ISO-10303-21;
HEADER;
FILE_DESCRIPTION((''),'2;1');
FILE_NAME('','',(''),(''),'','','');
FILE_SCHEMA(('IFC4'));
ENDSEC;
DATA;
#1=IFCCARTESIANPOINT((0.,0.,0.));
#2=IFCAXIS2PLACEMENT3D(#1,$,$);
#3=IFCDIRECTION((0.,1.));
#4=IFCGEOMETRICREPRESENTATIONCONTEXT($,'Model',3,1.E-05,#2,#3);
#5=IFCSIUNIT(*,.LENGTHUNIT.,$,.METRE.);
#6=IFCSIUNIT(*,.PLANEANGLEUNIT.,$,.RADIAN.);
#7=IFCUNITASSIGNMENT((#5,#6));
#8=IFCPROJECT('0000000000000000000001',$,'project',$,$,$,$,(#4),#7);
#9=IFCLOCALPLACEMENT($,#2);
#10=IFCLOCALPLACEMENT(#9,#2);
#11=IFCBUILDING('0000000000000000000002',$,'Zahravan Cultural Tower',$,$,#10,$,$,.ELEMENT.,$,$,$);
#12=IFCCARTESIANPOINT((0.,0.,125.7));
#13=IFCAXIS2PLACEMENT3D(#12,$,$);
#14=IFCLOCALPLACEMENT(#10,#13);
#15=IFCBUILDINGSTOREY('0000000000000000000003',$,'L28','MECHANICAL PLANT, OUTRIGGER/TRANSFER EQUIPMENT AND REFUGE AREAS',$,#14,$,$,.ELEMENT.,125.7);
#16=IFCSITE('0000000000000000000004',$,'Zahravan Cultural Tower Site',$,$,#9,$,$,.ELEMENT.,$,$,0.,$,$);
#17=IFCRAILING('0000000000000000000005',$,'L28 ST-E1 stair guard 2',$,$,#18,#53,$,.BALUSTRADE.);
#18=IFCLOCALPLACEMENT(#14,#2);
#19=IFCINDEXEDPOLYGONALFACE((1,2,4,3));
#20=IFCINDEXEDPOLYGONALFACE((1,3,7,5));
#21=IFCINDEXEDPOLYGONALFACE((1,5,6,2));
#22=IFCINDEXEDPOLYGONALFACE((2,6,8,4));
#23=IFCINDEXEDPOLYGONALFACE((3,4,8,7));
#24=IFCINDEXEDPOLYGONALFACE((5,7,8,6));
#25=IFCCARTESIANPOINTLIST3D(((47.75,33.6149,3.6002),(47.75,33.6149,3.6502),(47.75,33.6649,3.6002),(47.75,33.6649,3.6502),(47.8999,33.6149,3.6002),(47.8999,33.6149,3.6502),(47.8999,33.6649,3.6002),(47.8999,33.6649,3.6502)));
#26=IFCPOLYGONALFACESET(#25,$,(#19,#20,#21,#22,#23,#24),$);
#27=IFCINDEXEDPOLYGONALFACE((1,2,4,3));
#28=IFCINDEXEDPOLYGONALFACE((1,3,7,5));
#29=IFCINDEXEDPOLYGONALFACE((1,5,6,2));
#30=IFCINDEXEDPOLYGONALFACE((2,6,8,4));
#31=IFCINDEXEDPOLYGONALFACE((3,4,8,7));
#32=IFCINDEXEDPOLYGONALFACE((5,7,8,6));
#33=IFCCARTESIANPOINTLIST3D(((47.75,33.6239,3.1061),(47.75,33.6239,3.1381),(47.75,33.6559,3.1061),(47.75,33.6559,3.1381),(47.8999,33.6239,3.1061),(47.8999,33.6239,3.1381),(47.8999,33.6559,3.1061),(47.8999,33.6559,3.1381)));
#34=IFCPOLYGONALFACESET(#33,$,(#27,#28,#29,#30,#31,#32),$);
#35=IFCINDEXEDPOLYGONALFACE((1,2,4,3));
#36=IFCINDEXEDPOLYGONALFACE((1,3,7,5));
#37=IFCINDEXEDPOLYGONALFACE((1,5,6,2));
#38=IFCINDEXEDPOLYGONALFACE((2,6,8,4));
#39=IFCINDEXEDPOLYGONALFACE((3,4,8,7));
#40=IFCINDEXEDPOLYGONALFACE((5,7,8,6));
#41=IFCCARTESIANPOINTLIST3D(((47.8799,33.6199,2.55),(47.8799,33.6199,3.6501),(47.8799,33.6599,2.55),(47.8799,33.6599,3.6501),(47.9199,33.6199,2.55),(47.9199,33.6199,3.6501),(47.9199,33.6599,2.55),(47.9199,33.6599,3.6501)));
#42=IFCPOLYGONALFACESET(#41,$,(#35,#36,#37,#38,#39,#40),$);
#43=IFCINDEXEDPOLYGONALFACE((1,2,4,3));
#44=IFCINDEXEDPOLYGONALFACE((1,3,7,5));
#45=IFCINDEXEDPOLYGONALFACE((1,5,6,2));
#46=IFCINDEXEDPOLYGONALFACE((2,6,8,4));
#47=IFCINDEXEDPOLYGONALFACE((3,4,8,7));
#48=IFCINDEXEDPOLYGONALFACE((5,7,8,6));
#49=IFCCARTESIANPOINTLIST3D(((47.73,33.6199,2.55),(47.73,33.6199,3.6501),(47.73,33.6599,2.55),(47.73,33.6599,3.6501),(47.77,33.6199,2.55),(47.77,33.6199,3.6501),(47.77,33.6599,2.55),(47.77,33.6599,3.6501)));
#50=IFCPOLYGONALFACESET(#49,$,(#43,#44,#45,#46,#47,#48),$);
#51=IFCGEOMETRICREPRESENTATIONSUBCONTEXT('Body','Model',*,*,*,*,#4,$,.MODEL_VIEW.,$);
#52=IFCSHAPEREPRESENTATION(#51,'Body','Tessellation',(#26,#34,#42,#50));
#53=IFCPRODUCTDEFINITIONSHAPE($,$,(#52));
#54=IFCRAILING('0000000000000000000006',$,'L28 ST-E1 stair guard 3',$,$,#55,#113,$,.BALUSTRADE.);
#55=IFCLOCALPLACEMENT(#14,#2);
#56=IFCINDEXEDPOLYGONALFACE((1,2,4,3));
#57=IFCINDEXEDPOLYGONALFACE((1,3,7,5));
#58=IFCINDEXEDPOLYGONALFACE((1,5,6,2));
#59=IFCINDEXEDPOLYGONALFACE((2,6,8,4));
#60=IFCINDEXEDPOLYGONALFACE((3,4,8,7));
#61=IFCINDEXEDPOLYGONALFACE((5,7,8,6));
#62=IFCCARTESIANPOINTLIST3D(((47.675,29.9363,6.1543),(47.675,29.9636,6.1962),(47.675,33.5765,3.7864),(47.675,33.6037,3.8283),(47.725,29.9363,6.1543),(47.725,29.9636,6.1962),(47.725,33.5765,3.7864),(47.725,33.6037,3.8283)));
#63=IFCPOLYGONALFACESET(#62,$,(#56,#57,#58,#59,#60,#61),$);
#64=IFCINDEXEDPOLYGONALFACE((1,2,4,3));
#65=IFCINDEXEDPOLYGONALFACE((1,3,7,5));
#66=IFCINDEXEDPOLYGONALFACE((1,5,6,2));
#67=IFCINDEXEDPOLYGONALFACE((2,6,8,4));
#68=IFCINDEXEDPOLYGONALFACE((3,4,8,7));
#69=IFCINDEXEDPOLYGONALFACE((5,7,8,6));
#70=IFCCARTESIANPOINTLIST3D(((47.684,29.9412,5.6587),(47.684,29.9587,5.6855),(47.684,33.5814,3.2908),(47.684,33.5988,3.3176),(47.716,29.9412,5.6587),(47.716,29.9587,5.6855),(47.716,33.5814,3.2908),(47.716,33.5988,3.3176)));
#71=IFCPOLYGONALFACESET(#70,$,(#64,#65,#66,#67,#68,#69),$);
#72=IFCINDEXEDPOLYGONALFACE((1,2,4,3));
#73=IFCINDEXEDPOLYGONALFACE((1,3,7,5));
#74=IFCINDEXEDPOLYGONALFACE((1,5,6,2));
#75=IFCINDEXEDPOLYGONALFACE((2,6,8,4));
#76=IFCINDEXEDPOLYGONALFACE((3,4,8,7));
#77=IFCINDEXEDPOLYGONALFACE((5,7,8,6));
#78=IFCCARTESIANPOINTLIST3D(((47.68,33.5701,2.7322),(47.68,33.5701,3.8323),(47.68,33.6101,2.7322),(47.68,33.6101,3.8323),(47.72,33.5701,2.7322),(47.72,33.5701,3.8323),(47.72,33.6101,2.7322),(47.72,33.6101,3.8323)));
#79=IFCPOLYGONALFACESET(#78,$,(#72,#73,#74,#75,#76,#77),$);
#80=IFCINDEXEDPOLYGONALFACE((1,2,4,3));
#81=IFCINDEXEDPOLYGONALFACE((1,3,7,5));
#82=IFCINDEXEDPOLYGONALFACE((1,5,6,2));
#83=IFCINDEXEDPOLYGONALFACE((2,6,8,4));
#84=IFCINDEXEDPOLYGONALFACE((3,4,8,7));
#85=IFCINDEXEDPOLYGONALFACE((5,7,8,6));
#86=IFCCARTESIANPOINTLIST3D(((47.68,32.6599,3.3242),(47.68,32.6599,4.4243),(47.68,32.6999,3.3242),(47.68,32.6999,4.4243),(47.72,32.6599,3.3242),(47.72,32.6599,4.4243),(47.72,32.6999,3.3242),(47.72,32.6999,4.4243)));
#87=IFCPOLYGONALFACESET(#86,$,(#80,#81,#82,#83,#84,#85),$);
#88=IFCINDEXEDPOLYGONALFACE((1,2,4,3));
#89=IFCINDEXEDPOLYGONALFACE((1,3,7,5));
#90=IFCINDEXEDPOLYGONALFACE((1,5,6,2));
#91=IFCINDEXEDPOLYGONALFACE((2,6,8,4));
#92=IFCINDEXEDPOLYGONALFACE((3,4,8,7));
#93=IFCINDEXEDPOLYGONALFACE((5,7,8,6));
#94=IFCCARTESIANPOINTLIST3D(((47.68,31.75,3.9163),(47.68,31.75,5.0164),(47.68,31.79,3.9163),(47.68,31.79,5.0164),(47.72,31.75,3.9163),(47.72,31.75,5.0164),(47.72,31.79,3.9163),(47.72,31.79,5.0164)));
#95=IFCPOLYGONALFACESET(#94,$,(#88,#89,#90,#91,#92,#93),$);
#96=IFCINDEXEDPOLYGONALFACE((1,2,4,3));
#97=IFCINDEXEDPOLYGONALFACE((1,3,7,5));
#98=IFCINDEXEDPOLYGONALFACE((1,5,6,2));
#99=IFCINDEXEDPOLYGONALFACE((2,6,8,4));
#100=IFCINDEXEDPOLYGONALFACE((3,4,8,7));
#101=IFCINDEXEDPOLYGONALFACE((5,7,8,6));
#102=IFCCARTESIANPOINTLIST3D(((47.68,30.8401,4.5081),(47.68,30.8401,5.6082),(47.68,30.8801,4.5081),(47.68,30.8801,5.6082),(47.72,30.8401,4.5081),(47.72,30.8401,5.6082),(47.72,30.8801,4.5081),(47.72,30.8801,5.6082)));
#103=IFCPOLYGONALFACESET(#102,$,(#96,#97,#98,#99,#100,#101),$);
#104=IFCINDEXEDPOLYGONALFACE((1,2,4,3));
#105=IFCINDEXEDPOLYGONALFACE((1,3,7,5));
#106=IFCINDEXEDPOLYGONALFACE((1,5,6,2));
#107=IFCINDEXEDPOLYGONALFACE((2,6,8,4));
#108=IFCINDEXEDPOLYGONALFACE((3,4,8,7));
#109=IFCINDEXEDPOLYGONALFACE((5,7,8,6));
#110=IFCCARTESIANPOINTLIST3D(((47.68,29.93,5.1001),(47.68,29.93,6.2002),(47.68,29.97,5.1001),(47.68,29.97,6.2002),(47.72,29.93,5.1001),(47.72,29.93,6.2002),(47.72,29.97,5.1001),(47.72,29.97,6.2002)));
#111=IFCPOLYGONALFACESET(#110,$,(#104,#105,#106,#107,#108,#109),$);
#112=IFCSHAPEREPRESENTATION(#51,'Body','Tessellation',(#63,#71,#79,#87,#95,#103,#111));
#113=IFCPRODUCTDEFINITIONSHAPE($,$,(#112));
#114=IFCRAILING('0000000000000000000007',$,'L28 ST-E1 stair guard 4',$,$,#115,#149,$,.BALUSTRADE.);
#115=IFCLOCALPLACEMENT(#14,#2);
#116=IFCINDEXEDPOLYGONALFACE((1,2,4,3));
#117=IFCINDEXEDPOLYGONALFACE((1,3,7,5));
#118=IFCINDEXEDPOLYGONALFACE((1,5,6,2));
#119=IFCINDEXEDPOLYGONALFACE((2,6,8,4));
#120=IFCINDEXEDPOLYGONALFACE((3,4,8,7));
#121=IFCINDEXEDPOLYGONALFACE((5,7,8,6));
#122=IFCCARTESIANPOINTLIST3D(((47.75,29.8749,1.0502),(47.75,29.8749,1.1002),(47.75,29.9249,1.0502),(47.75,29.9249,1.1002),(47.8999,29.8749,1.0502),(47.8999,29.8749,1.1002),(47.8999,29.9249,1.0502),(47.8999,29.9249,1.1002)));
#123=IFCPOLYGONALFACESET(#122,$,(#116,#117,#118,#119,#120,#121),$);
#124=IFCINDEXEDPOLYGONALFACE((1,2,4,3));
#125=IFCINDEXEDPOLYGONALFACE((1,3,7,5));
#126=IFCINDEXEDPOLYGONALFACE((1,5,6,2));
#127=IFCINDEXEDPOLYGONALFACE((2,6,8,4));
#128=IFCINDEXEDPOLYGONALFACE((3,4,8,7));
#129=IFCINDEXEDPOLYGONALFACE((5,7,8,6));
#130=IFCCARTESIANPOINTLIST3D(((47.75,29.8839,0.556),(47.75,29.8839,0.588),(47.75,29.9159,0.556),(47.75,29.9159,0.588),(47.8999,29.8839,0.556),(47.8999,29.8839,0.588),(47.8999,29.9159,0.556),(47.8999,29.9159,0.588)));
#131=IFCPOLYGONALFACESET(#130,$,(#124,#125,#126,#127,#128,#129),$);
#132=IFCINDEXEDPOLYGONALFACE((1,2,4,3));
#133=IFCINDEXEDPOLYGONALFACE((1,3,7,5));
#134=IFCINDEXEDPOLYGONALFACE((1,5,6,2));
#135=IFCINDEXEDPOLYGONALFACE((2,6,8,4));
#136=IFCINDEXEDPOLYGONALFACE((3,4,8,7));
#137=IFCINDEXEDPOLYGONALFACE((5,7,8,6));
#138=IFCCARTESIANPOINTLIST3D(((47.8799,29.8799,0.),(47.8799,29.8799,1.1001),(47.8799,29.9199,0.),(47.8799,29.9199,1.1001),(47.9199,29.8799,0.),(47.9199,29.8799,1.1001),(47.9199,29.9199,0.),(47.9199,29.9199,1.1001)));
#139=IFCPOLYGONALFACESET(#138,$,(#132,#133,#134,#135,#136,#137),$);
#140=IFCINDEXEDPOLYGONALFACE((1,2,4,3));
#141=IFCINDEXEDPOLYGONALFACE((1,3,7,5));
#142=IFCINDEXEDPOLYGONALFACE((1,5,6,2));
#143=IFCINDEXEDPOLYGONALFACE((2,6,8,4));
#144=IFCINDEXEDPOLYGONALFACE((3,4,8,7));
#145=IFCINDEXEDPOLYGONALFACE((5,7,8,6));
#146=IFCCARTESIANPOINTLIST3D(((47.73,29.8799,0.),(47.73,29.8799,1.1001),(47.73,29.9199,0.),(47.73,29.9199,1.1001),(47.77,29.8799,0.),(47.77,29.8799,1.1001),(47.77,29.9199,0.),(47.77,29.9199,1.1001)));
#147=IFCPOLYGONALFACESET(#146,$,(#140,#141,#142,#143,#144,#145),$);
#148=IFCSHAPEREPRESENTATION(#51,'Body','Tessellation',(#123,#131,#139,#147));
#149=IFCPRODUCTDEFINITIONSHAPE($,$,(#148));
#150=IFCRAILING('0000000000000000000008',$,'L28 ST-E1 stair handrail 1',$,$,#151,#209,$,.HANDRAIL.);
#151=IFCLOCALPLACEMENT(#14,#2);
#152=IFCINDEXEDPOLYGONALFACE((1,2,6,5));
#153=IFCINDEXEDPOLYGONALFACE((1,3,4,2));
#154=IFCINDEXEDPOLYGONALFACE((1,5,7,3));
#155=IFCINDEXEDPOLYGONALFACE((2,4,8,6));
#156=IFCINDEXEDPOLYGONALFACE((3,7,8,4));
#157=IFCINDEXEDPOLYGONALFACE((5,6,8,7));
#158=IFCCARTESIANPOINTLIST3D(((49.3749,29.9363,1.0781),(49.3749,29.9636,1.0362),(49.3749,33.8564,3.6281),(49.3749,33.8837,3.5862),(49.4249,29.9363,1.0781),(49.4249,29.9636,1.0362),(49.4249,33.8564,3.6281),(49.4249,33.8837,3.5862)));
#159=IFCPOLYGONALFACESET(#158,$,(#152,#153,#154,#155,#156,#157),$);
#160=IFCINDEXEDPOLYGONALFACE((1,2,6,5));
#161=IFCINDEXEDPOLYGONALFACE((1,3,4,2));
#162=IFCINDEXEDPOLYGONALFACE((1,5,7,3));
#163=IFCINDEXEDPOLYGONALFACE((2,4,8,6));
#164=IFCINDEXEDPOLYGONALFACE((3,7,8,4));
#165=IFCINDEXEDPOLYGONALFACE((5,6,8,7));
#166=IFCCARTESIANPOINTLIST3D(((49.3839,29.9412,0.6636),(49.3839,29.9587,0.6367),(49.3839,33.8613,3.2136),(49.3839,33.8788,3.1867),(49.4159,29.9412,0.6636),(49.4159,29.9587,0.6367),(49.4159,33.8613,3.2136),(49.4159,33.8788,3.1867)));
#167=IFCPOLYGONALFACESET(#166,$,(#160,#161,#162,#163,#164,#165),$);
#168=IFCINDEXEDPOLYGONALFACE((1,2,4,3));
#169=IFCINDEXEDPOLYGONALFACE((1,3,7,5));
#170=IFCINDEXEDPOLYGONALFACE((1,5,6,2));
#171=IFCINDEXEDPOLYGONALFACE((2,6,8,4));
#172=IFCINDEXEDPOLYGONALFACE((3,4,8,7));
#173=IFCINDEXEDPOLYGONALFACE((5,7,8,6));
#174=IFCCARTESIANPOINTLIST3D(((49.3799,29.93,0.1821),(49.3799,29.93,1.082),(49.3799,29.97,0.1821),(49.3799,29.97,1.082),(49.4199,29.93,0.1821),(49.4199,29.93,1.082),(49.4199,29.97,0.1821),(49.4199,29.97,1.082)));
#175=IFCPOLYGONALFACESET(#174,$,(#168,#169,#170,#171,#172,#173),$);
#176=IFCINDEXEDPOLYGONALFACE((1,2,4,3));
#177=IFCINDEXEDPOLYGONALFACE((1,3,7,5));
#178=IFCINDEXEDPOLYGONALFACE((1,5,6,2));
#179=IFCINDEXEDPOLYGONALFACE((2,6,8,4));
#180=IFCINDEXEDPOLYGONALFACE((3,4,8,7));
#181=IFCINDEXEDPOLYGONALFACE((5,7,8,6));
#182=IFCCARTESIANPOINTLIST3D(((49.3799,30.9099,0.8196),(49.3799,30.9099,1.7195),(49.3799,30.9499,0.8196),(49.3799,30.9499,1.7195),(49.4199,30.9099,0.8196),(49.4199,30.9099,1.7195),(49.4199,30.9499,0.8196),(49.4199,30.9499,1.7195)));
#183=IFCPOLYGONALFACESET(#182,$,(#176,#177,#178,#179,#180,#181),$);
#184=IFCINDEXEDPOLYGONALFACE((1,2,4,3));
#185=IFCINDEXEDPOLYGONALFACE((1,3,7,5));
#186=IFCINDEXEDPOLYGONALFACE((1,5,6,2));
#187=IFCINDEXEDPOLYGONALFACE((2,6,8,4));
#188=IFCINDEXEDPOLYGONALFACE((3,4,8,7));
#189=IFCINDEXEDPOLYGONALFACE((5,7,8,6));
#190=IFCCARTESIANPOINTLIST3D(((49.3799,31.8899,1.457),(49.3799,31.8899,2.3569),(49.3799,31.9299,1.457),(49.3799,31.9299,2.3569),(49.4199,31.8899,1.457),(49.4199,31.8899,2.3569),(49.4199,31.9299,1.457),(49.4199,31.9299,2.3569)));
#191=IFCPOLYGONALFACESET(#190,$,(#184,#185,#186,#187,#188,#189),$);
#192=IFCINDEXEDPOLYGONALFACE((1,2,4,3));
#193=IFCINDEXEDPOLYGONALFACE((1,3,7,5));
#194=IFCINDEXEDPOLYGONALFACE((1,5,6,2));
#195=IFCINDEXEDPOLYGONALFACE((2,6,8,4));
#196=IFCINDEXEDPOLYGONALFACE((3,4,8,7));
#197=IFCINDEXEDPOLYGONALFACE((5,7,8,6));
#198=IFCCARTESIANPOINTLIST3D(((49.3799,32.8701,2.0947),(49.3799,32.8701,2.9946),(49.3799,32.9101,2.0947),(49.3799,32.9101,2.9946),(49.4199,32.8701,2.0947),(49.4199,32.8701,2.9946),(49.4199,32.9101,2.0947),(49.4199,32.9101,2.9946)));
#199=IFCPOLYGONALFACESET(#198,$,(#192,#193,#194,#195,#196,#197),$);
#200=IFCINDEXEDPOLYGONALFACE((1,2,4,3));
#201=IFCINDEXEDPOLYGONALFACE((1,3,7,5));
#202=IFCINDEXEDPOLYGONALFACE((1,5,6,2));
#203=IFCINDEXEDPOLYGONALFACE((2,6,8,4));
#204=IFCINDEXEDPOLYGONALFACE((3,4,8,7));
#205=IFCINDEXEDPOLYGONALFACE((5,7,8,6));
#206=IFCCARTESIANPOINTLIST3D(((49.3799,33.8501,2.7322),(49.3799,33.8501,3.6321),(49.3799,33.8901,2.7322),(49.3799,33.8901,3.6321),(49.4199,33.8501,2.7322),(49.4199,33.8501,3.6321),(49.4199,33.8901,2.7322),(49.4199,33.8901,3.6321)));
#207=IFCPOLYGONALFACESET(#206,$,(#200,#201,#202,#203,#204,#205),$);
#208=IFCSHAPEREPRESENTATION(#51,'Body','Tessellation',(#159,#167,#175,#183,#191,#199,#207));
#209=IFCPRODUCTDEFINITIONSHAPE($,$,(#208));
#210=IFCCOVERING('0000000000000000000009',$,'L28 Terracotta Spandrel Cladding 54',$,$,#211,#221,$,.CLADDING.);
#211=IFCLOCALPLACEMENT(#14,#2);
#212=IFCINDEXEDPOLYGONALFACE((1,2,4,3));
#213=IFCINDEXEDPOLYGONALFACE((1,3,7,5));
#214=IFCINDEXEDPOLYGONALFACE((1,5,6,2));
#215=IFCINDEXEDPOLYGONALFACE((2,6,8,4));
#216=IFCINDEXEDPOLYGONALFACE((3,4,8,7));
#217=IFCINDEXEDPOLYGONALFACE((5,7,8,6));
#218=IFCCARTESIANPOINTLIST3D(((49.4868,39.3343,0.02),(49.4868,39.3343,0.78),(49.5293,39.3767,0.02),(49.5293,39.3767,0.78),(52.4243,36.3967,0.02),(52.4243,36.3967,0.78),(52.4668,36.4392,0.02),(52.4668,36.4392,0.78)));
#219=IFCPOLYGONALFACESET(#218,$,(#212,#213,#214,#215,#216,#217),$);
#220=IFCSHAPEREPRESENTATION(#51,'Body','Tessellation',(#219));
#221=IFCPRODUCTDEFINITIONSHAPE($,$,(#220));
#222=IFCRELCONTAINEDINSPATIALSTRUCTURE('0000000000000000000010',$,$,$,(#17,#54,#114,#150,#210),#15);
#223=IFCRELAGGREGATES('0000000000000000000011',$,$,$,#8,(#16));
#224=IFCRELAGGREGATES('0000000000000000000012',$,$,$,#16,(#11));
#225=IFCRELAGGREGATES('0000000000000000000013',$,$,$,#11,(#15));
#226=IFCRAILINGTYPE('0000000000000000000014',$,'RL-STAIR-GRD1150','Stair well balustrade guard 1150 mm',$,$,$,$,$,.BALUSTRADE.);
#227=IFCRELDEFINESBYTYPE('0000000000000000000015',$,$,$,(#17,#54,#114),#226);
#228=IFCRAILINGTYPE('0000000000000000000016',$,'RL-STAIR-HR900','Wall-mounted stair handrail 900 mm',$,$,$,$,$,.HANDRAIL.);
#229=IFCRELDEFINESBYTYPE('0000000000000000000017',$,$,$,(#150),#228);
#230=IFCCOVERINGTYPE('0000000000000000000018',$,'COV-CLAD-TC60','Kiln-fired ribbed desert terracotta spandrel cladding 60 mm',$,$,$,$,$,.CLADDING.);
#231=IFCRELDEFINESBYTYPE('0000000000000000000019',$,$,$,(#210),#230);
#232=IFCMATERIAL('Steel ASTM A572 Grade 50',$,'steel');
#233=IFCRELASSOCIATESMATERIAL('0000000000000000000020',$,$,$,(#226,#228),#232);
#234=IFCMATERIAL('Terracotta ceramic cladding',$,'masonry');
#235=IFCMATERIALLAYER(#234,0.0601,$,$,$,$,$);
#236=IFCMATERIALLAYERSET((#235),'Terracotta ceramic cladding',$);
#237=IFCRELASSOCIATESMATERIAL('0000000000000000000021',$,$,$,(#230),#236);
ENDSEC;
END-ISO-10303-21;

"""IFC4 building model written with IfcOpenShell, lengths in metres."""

from ifc_helpers import new_model, si_unit, direction, frame, origin, origin_2d, place, context, subcontext, project, spatial, rectangle, extrude, source, transform, mapped, material, layer, layer_set, type_object, element, save


model = new_model("IFC4")

# Units and contexts
model_context = context("Model", 3, precision=1e-05, world=origin(), true_north=direction((0.0, 1.0)))
body_context = subcontext(model_context, "Body", "Model", "MODEL_VIEW")
ifc_project = project(units=[si_unit("LENGTHUNIT", "METRE"), si_unit("PLANEANGLEUNIT", "RADIAN")], contexts=[model_context])

# Site, building, storey
site_placement = place(None, origin())
site = spatial("IfcSite", under=ifc_project, at=site_placement, Name="Zahravan Cultural Tower Site", CompositionType="ELEMENT", RefElevation=0.0)
building_placement = place(site_placement, origin())
building = spatial("IfcBuilding", under=site, at=building_placement, Name="Zahravan Cultural Tower", CompositionType="ELEMENT")
storey_placement = place(building_placement, frame((0.0, 0.0, 125.7)))
storey = spatial("IfcBuildingStorey", under=building, at=storey_placement, Name="L28", Description="MECHANICAL PLANT, OUTRIGGER/TRANSFER EQUIPMENT AND REFUGE AREAS", CompositionType="ELEMENT", Elevation=125.7)

# Shared definitions
ifc_material_1 = material(Name="Steel ASTM A572 Grade 50", Category="steel")

# Railings
railing_type_1 = type_object("IfcRailingType", Name="RL-STAIR-GRD1150", Description="Stair well balustrade guard 1150 mm", PredefinedType="BALUSTRADE", material=ifc_material_1)
railing_1_placement = place(storey_placement, frame((47.8999, 33.6399, 2.55)))
element("IfcRailing", 1, at=railing_1_placement, inside=storey, type_object=railing_type_1, Name="L28 ST-E1 stair guard 2", PredefinedType="BALUSTRADE", context=body_context, shape_type="SweptSolid", body=[
    extrude(rectangle(XDim=0.05, YDim=0.05, at=origin_2d()), frame((0.0, 0.0, 1.0752), z_axis=(-1.0, 0.0, 0.0), x_axis=(0.0, -1.0, 0.0)), (0.0, 0.0, 1.0), 0.1499),
    extrude(rectangle(XDim=0.032, YDim=0.032, at=origin_2d()), frame((0.0, 0.0, 0.572), z_axis=(-1.0, 0.0, 0.0), x_axis=(0.0, -1.0, 0.0)), (0.0, 0.0, 1.0), 0.1499),
    extrude(rectangle(XDim=0.04, YDim=0.04, at=origin_2d()), origin(), (0.0, 0.0, 1.0), 1.1001),
    extrude(rectangle(XDim=0.04, YDim=0.04, at=origin_2d()), frame((-0.1499, 0.0, 0.0)), (0.0, 0.0, 1.0), 1.1001),
])
railing_2_placement = place(storey_placement, frame((47.7, 33.5901, 2.7322)))
element("IfcRailing", 2, at=railing_2_placement, inside=storey, type_object=railing_type_1, Name="L28 ST-E1 stair guard 3", PredefinedType="BALUSTRADE", context=body_context, shape_type="SweptSolid", body=[
    extrude(rectangle(XDim=0.05, YDim=0.05, at=origin_2d()), frame((0.0, 0.0, 1.0752), z_axis=(0.0, -0.838251, 0.545285), x_axis=(1.0, 0.0, 0.0)), (0.0, 0.0, 1.0), 4.3425),
    extrude(rectangle(XDim=0.032, YDim=0.032, at=origin_2d()), frame((0.0, 0.0, 0.572), z_axis=(0.0, -0.838251, 0.545285), x_axis=(1.0, 0.0, 0.0)), (0.0, 0.0, 1.0), 4.3425),
    extrude(rectangle(XDim=0.04, YDim=0.04, at=origin_2d()), origin(), (0.0, 0.0, 1.0), 1.1001),
    extrude(rectangle(XDim=0.04, YDim=0.04, at=origin_2d()), frame((0.0, -0.9102, 0.592)), (0.0, 0.0, 1.0), 1.1001),
    extrude(rectangle(XDim=0.04, YDim=0.04, at=origin_2d()), frame((0.0, -1.8201, 1.1841)), (0.0, 0.0, 1.0), 1.1001),
    extrude(rectangle(XDim=0.04, YDim=0.04, at=origin_2d()), frame((0.0, -2.73, 1.7759)), (0.0, 0.0, 1.0), 1.1001),
    extrude(rectangle(XDim=0.04, YDim=0.04, at=origin_2d()), frame((0.0, -3.6401, 2.3679)), (0.0, 0.0, 1.0), 1.1001),
])
railing_3_placement = place(storey_placement, frame((47.8999, 29.8999, 0.0)))
element("IfcRailing", 3, at=railing_3_placement, inside=storey, type_object=railing_type_1, Name="L28 ST-E1 stair guard 4", PredefinedType="BALUSTRADE", context=body_context, shape_type="SweptSolid", body=[
    extrude(rectangle(XDim=0.05, YDim=0.05, at=origin_2d()), frame((0.0, 0.0, 1.0752), z_axis=(-1.0, 0.0, 0.0), x_axis=(0.0, -1.0, 0.0)), (0.0, 0.0, 1.0), 0.1499),
    extrude(rectangle(XDim=0.032, YDim=0.032, at=origin_2d()), frame((0.0, 0.0, 0.572), z_axis=(-1.0, 0.0, 0.0), x_axis=(0.0, -1.0, 0.0)), (0.0, 0.0, 1.0), 0.1499),
    extrude(rectangle(XDim=0.04, YDim=0.04, at=origin_2d()), origin(), (0.0, 0.0, 1.0), 1.1001),
    extrude(rectangle(XDim=0.04, YDim=0.04, at=origin_2d()), frame((-0.1499, 0.0, 0.0)), (0.0, 0.0, 1.0), 1.1001),
])
railing_type_2 = type_object("IfcRailingType", Name="RL-STAIR-HR900", Description="Wall-mounted stair handrail 900 mm", PredefinedType="HANDRAIL", material=ifc_material_1)
railing_4_placement = place(storey_placement, frame((49.3999, 29.95, 0.1821)))
element("IfcRailing", 4, at=railing_4_placement, inside=storey, type_object=railing_type_2, Name="L28 ST-E1 stair handrail 1", PredefinedType="HANDRAIL", context=body_context, shape_type="SweptSolid", body=[
    extrude(rectangle(XDim=0.05, YDim=0.05, at=origin_2d()), frame((0.0, 0.0, 0.875), z_axis=(0.0, 0.838254, 0.54528), x_axis=(-1.0, 0.0, 0.0)), (0.0, 0.0, 1.0), 4.6765),
    extrude(rectangle(XDim=0.032, YDim=0.032, at=origin_2d()), frame((0.0, 0.0, 0.468), z_axis=(0.0, 0.838254, 0.54528), x_axis=(-1.0, 0.0, 0.0)), (0.0, 0.0, 1.0), 4.6765),
    extrude(rectangle(XDim=0.04, YDim=0.04, at=origin_2d()), origin(), (0.0, 0.0, 1.0), 0.8999),
    extrude(rectangle(XDim=0.04, YDim=0.04, at=origin_2d()), frame((0.0, 0.98, 0.6375)), (0.0, 0.0, 1.0), 0.8999),
    extrude(rectangle(XDim=0.04, YDim=0.04, at=origin_2d()), frame((0.0, 1.96, 1.2749)), (0.0, 0.0, 1.0), 0.8999),
    extrude(rectangle(XDim=0.04, YDim=0.04, at=origin_2d()), frame((0.0, 2.9402, 1.9126)), (0.0, 0.0, 1.0), 0.8999),
    extrude(rectangle(XDim=0.04, YDim=0.04, at=origin_2d()), frame((0.0, 3.9202, 2.55)), (0.0, 0.0, 1.0), 0.8999),
])

# Covering
ifc_material_2 = material(Name="Terracotta ceramic cladding", Category="masonry")
ifc_layer_1 = layer(ifc_material_2, 0.0601)
ifc_layer_set_1 = layer_set([ifc_layer_1], Name="Terracotta ceramic cladding")
covering_type = type_object("IfcCoveringType", Name="COV-CLAD-TC60", Description="Kiln-fired ribbed desert terracotta spandrel cladding 60 mm", PredefinedType="CLADDING", material=ifc_layer_set_1)
shared_shape_1 = source(origin(), body_context, "Body", "SweptSolid", [
    extrude(rectangle(XDim=4.1543, YDim=0.0601, at=origin_2d()), origin(), (0.0, 0.0, 1.0), 0.76),
])
covering_placement = place(storey_placement, frame((50.9768, 37.8867, 0.02), z_axis=(0.0, 0.0, 1.0), x_axis=(0.707107, -0.707107, 0.0)))
element("IfcCovering", 5, at=covering_placement, inside=storey, type_object=covering_type, Name="L28 Terracotta Spandrel Cladding 54", PredefinedType="CLADDING", context=body_context, shape_type="MappedRepresentation", body=[
    mapped(shared_shape_1, transform((0.0, 0.0, 0.0), x_axis=(1.0, 0.0, 0.0), y_axis=(0.0, 1.0, 0.0), z_axis=(0.0, 0.0, 1.0), scale=1.0)),
])

save(model, "model.ifc")
